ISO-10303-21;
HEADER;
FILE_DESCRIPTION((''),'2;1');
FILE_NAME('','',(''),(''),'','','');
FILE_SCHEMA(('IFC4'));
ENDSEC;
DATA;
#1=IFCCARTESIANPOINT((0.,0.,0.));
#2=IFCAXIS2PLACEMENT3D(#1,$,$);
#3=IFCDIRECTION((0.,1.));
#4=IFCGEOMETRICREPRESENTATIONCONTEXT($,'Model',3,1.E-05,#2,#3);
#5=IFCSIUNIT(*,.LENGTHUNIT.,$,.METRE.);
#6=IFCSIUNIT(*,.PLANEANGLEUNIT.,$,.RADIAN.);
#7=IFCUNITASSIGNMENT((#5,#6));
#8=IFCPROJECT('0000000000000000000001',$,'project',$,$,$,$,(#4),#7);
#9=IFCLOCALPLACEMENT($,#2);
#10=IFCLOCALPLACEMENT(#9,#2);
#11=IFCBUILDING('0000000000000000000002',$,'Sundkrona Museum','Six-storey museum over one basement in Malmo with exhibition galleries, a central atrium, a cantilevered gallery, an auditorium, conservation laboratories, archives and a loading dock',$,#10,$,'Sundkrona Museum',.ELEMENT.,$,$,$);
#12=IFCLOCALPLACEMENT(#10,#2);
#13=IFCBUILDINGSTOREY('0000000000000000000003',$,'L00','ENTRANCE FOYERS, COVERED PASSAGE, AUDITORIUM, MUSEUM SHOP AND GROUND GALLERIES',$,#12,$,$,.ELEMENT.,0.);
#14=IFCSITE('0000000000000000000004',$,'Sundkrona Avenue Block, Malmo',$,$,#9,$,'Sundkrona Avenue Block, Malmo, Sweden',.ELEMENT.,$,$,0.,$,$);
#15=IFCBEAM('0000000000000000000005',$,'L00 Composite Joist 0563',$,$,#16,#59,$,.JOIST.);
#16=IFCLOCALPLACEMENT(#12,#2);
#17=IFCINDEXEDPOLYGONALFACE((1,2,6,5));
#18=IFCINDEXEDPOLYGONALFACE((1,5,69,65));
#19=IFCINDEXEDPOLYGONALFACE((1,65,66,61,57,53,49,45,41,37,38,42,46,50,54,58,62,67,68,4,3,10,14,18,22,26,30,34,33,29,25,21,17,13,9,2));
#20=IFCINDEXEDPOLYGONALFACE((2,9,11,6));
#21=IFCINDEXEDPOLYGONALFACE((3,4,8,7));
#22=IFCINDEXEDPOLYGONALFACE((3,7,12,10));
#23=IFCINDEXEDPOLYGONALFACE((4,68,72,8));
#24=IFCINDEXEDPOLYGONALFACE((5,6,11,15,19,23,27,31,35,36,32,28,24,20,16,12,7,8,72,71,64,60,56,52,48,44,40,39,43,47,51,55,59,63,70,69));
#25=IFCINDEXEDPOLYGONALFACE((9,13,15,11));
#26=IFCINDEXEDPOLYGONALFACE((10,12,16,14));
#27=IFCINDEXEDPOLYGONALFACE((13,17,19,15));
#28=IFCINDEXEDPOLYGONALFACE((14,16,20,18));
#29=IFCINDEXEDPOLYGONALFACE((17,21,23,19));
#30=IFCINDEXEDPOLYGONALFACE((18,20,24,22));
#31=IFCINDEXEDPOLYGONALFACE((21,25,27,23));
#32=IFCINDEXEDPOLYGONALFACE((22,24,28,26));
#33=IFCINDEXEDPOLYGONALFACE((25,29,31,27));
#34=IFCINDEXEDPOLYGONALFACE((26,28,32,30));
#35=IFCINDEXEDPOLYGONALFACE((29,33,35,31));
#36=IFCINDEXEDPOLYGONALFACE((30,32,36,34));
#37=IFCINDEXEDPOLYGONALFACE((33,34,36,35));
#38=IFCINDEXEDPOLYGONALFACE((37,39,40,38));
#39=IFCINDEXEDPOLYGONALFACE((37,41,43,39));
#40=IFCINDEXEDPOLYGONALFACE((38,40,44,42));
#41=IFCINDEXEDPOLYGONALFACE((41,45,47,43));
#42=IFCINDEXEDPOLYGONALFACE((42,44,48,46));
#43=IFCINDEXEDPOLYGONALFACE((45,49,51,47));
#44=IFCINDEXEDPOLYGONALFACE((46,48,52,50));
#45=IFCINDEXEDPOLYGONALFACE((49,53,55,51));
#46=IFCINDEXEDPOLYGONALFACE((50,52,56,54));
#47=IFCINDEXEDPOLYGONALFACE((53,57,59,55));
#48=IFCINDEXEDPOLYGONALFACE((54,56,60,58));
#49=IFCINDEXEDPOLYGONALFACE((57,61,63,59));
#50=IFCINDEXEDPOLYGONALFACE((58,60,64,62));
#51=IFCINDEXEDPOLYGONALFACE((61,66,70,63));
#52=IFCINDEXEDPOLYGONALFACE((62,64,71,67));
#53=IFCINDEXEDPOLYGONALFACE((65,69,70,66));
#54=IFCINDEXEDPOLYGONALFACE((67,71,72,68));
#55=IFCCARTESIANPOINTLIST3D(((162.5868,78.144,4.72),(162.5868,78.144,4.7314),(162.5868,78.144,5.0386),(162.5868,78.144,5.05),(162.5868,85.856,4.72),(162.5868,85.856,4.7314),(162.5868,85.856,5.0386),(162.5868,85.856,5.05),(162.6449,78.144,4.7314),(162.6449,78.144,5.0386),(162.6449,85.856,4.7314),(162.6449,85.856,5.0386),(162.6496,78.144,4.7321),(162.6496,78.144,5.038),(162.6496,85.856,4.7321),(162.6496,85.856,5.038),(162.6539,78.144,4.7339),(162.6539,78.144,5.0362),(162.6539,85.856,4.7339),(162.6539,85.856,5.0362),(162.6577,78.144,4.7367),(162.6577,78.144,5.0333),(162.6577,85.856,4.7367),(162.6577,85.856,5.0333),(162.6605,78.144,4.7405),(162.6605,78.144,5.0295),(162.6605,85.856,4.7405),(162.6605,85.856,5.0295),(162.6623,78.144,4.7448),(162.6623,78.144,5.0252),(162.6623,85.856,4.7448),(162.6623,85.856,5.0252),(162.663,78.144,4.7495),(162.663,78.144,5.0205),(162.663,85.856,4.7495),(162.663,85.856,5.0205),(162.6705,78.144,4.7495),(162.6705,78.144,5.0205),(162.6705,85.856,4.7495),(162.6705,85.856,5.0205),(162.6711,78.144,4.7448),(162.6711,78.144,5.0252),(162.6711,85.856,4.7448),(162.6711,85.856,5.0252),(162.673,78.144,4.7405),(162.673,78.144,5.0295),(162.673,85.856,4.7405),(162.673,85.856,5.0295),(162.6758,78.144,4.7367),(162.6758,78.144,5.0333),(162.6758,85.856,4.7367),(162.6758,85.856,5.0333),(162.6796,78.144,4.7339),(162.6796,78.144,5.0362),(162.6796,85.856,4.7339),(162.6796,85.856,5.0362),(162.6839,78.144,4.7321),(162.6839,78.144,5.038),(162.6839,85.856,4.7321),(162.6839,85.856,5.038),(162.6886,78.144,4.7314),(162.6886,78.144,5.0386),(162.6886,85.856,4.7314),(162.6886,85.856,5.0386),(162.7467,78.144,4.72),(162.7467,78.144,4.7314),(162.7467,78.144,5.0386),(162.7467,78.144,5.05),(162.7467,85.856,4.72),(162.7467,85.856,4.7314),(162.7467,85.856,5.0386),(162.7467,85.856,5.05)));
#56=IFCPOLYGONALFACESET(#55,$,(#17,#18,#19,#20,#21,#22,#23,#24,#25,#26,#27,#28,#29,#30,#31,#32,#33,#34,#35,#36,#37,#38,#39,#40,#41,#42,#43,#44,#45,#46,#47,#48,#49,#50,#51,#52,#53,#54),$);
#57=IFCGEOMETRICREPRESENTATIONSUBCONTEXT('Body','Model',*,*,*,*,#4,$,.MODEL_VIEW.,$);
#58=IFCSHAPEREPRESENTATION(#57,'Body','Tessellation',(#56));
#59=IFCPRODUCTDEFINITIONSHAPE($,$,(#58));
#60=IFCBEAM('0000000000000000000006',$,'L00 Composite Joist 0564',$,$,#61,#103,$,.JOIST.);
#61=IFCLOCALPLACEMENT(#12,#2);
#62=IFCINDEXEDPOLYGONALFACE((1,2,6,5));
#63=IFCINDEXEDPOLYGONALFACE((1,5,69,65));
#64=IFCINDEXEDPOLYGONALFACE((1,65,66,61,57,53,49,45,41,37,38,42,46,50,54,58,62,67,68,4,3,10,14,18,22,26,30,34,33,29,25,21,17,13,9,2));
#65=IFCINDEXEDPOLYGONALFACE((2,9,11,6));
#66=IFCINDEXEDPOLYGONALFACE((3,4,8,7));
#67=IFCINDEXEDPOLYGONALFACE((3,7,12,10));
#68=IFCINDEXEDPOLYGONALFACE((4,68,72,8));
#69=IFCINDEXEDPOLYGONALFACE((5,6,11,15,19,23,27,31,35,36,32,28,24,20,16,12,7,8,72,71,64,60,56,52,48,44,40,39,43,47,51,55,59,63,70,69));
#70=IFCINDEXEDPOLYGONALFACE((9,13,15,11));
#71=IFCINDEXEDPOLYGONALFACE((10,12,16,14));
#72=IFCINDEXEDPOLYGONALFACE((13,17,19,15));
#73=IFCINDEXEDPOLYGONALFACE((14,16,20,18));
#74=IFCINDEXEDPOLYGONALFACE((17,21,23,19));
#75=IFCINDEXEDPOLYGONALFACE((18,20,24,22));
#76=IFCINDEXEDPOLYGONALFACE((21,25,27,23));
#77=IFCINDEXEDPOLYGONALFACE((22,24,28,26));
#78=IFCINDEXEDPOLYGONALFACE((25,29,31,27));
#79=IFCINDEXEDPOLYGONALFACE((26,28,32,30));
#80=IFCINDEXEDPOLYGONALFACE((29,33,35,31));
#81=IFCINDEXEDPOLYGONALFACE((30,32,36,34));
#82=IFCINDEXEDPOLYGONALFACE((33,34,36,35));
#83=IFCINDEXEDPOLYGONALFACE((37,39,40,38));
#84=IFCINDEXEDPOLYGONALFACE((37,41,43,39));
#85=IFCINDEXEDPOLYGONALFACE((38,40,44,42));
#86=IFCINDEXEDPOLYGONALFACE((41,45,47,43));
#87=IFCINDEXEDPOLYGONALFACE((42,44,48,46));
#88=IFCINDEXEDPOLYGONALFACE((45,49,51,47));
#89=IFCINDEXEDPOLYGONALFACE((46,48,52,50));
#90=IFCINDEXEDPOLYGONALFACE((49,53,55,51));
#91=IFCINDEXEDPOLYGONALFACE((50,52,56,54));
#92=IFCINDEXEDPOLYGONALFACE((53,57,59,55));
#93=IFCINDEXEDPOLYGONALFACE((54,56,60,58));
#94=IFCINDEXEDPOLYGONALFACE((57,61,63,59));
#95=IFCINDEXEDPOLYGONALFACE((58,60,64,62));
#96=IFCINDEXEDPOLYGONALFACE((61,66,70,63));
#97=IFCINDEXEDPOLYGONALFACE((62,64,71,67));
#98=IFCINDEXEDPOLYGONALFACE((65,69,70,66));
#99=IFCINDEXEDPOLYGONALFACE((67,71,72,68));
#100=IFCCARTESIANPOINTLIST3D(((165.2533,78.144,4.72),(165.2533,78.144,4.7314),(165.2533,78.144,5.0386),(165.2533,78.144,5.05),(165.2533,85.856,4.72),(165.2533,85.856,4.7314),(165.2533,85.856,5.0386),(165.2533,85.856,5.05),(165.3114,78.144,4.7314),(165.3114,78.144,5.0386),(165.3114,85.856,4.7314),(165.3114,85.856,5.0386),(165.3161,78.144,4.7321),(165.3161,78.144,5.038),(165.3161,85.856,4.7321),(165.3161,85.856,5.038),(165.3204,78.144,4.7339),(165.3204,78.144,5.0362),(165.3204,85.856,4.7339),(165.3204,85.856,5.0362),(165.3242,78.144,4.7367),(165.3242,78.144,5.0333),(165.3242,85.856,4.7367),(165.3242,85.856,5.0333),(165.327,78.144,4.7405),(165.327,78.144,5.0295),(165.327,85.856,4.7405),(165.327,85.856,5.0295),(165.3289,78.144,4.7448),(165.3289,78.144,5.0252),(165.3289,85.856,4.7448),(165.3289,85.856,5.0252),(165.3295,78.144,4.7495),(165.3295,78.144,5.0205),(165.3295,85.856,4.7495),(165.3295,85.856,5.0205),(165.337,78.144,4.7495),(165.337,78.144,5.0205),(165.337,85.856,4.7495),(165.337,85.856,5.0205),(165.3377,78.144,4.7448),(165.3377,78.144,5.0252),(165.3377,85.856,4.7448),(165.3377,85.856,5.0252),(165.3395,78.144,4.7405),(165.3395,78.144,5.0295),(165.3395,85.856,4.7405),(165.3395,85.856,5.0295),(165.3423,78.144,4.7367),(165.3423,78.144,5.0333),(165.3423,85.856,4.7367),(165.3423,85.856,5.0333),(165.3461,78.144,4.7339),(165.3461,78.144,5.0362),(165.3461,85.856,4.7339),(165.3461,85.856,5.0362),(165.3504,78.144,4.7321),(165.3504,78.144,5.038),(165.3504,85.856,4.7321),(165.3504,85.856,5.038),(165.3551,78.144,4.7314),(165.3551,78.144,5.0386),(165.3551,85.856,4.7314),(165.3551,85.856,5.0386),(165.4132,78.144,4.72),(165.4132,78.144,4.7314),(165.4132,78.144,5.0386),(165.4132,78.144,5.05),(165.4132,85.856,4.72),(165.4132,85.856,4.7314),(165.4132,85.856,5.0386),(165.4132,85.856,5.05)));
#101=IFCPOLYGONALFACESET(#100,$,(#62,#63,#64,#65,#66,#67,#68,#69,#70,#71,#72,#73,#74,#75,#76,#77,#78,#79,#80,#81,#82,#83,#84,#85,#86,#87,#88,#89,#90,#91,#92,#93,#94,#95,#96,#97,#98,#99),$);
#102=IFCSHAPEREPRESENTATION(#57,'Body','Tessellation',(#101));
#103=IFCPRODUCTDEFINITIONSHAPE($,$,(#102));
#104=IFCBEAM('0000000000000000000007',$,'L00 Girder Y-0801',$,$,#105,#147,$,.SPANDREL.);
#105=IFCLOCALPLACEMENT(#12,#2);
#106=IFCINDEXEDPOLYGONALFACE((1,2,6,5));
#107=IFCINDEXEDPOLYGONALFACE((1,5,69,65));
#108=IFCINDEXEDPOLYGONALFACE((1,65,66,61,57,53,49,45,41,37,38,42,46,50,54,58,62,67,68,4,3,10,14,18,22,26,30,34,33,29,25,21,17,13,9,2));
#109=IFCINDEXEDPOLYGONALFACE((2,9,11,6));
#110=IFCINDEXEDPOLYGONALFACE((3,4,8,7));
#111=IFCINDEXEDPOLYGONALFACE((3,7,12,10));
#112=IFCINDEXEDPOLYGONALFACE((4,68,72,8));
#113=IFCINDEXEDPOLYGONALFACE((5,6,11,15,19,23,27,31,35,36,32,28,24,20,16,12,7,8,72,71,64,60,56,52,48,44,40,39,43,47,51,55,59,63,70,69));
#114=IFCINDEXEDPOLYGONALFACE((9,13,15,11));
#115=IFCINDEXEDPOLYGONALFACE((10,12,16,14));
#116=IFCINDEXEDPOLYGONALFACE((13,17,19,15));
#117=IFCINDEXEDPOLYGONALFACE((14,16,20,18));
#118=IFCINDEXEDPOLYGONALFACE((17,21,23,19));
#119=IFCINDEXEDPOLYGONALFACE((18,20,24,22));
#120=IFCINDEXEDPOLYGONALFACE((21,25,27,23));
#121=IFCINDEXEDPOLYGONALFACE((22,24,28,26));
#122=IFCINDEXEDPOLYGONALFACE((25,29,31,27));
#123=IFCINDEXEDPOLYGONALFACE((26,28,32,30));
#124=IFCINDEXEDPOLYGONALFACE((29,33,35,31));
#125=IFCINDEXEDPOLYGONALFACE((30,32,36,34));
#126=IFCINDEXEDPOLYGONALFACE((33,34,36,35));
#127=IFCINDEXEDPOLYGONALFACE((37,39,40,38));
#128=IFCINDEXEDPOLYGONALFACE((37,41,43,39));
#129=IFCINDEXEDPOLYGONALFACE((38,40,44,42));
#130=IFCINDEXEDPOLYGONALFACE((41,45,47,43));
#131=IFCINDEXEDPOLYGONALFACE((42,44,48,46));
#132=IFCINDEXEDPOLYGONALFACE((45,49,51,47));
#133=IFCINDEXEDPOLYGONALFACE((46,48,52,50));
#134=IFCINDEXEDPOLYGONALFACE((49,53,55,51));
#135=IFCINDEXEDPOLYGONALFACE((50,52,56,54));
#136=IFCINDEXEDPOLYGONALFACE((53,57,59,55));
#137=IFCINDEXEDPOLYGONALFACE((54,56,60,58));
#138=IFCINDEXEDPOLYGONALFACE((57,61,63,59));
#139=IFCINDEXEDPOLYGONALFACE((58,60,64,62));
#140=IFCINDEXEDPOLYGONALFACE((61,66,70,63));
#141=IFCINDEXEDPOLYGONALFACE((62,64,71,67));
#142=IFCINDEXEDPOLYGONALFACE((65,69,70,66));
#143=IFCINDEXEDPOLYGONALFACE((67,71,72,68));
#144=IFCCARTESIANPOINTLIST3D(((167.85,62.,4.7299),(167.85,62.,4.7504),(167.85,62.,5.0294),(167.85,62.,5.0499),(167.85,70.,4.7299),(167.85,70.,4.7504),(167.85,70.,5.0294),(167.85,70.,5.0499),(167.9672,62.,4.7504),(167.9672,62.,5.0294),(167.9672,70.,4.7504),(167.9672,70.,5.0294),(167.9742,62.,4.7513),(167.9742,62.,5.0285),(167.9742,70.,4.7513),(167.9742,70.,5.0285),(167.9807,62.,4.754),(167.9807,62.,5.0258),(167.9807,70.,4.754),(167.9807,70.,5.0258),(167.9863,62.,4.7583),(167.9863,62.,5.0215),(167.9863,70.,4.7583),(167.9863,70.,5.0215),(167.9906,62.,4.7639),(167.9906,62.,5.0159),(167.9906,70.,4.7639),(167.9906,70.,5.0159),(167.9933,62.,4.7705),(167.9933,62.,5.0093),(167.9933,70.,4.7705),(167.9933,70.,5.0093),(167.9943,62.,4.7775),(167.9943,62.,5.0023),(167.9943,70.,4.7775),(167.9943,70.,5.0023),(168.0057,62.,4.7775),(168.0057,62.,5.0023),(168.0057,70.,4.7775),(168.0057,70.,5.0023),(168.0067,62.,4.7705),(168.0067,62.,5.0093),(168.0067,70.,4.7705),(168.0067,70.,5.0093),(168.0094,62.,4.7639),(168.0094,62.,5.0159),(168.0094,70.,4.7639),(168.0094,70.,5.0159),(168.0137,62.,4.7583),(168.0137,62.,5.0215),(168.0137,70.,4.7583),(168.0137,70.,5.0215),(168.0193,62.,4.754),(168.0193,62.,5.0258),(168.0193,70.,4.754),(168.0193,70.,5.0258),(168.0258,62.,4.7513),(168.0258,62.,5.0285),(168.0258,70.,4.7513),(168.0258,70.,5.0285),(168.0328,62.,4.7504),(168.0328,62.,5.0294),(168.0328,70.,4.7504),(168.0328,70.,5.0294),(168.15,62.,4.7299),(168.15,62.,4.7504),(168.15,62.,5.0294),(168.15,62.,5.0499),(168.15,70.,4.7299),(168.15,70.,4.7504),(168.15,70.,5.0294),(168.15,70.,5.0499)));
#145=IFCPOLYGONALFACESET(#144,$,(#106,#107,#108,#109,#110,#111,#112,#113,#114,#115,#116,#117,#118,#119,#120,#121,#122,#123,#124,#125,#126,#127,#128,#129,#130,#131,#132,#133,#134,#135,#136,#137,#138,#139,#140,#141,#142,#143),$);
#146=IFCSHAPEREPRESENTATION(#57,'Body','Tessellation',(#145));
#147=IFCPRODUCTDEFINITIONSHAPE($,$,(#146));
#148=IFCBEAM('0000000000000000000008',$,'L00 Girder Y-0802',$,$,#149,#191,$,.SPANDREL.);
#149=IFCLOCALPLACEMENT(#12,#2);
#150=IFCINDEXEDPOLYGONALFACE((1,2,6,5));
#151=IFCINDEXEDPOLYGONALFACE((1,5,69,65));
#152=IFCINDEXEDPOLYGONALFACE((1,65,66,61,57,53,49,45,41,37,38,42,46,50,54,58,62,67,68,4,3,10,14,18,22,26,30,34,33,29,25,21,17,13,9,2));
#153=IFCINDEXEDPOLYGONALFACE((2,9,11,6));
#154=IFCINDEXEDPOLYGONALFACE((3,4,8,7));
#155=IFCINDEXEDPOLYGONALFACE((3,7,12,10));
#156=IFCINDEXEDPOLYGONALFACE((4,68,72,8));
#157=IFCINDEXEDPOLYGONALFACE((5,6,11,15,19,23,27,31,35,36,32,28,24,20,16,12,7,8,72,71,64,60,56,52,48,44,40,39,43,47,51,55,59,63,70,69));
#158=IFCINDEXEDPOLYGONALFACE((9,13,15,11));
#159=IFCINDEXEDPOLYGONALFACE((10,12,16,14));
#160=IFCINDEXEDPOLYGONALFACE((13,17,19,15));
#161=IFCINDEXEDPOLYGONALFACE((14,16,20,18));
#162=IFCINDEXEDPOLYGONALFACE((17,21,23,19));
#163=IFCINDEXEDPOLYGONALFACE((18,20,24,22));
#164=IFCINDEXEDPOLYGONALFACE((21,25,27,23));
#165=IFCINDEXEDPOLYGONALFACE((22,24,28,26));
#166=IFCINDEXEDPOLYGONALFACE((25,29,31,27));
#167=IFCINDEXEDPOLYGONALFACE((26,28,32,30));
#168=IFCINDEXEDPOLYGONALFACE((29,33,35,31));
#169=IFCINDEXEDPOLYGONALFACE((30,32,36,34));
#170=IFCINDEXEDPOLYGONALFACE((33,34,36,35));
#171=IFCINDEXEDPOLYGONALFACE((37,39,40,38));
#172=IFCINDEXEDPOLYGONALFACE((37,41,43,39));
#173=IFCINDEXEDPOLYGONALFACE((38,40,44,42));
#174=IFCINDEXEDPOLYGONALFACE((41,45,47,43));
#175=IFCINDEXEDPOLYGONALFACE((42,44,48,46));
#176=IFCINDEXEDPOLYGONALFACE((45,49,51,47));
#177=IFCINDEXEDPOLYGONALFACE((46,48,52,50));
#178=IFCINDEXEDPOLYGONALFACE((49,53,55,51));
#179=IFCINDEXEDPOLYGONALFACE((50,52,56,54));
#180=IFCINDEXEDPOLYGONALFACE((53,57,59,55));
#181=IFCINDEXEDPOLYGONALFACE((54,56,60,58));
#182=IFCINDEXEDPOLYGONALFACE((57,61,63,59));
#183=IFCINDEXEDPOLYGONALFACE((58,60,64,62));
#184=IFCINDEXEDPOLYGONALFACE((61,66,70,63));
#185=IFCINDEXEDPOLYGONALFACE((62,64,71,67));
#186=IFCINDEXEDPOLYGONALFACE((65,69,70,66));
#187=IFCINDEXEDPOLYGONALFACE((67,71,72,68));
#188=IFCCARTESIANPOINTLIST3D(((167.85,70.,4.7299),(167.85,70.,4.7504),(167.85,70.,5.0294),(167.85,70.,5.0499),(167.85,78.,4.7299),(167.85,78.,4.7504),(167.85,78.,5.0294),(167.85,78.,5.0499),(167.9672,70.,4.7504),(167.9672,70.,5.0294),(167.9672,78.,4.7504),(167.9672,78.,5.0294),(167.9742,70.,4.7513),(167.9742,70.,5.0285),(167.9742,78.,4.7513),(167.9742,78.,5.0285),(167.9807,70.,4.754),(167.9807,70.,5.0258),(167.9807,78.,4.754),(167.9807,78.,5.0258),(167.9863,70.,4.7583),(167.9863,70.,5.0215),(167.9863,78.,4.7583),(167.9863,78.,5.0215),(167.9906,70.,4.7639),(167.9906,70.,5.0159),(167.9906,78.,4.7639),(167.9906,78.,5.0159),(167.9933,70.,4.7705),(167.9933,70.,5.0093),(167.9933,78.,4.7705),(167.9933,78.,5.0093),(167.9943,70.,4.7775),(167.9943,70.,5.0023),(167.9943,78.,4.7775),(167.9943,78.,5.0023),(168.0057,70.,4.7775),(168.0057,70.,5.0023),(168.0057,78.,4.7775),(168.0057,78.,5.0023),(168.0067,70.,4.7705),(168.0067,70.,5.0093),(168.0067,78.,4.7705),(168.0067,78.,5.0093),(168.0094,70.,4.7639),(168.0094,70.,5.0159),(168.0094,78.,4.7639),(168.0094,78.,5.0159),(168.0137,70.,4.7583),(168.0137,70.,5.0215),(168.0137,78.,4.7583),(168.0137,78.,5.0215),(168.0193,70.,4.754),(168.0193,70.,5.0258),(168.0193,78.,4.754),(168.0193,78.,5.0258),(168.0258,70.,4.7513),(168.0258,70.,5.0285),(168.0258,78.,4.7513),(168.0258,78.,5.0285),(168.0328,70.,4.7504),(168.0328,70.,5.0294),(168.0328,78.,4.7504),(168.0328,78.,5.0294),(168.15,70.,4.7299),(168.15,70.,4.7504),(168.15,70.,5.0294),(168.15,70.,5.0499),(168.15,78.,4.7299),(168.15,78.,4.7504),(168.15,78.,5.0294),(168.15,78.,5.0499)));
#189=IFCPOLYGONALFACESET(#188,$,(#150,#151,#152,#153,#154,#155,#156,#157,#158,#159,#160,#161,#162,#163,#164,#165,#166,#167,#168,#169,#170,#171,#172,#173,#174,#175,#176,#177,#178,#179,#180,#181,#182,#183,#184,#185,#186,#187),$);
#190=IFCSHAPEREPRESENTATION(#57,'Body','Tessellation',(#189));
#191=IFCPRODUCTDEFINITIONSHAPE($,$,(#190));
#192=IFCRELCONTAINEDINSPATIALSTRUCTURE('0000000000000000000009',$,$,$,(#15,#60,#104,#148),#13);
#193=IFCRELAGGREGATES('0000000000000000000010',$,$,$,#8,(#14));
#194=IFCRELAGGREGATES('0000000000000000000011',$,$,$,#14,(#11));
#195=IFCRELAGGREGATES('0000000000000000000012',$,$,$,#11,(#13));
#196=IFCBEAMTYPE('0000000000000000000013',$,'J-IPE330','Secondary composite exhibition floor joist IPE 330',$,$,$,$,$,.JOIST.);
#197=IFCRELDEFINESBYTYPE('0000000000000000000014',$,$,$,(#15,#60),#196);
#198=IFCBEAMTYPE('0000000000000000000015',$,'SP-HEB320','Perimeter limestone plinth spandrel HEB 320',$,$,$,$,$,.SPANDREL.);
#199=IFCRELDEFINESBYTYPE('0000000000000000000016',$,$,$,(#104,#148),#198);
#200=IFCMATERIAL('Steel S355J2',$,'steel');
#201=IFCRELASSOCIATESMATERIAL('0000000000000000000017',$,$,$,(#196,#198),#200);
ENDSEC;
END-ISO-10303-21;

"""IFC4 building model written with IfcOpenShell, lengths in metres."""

from ifc_helpers import new_model, si_unit, direction, frame, origin, origin_2d, place, context, subcontext, project, spatial, i_section, extrude, material, material_profile, profile_set, type_object, element, save


model = new_model("IFC4")

# Units and contexts
model_context = context("Model", 3, precision=1e-05, world=origin(), true_north=direction((0.0, 1.0)))
body_context = subcontext(model_context, "Body", "Model", "MODEL_VIEW")
ifc_project = project(units=[si_unit("LENGTHUNIT", "METRE"), si_unit("PLANEANGLEUNIT", "RADIAN")], contexts=[model_context])

# Site, building, storey
site_placement = place(None, origin())
site = spatial("IfcSite", under=ifc_project, at=site_placement, Name="Sundkrona Avenue Block, Malmo", LongName="Sundkrona Avenue Block, Malmo, Sweden", CompositionType="ELEMENT", RefElevation=0.0)
building_placement = place(site_placement, origin())
building = spatial("IfcBuilding", under=site, at=building_placement, Name="Sundkrona Museum", Description="Six-storey museum over one basement in Malmo with exhibition galleries, a central atrium, a cantilevered gallery, an auditorium, conservation laboratories, archives and a loading dock", LongName="Sundkrona Museum", CompositionType="ELEMENT")
storey_placement = place(building_placement, origin())
storey = spatial("IfcBuildingStorey", under=building, at=storey_placement, Name="L00", Description="ENTRANCE FOYERS, COVERED PASSAGE, AUDITORIUM, MUSEUM SHOP AND GROUND GALLERIES", CompositionType="ELEMENT", Elevation=0.0)

# Shared definitions
ifc_material_1 = material(Name="Steel S355J2", Category="steel")

# Beams
ifc_material_profile_1 = material_profile(ifc_material_1, i_section(OverallWidth=0.1599, OverallDepth=0.3301, WebThickness=0.0076, FlangeThickness=0.0115, FilletRadius=0.0181, at=origin_2d()), Name="IPE 330")
ifc_profile_set_1 = profile_set([ifc_material_profile_1], Name="Steel S355J2")
beam_type_1 = type_object("IfcBeamType", Name="J-IPE330", Description="Secondary composite exhibition floor joist IPE 330", PredefinedType="JOIST", material=ifc_profile_set_1)
for number, where, z_axis, x_axis, name in (
    (1, (162.6667, 78.144, 4.885), (0.0, 1.0, 0.0), (-1.0, 0.0, 0.0), "L00 Composite Joist 0563"),
    (2, (165.3333, 78.144, 4.885), (0.0, 1.0, 0.0), (-1.0, 0.0, 0.0), "L00 Composite Joist 0564"),
):
    element("IfcBeam", number, at=place(storey_placement, frame(where, z_axis=z_axis, x_axis=x_axis)), inside=storey, type_object=beam_type_1, Name=name, PredefinedType="JOIST", context=body_context, shape_type="SweptSolid", body=[
        extrude(i_section(OverallWidth=0.1599, OverallDepth=0.3301, WebThickness=0.0076, FlangeThickness=0.0115, FilletRadius=0.0181, at=origin_2d()), origin(), (0.0, 0.0, 1.0), 7.7119),
    ])
ifc_material_profile_2 = material_profile(ifc_material_1, i_section(OverallWidth=0.3, OverallDepth=0.3201, WebThickness=0.0115, FlangeThickness=0.0205, FilletRadius=0.0271, at=origin_2d()), Name="HEB 320")
ifc_profile_set_2 = profile_set([ifc_material_profile_2], Name="Steel S355J2")
beam_type_2 = type_object("IfcBeamType", Name="SP-HEB320", Description="Perimeter limestone plinth spandrel HEB 320", PredefinedType="SPANDREL", material=ifc_profile_set_2)
for number, where, z_axis, x_axis, name in (
    (3, (168.0, 62.0, 4.8899), (0.0, 1.0, 0.0), (-1.0, 0.0, 0.0), "L00 Girder Y-0801"),
    (4, (168.0, 70.0, 4.8899), (0.0, 1.0, 0.0), (-1.0, 0.0, 0.0), "L00 Girder Y-0802"),
):
    element("IfcBeam", number, at=place(storey_placement, frame(where, z_axis=z_axis, x_axis=x_axis)), inside=storey, type_object=beam_type_2, Name=name, PredefinedType="SPANDREL", context=body_context, shape_type="SweptSolid", body=[
        extrude(i_section(OverallWidth=0.3, OverallDepth=0.3201, WebThickness=0.0115, FlangeThickness=0.0205, FilletRadius=0.0271, at=origin_2d()), origin(), (0.0, 0.0, 1.0), 8.0),
    ])

save(model, "model.ifc")
